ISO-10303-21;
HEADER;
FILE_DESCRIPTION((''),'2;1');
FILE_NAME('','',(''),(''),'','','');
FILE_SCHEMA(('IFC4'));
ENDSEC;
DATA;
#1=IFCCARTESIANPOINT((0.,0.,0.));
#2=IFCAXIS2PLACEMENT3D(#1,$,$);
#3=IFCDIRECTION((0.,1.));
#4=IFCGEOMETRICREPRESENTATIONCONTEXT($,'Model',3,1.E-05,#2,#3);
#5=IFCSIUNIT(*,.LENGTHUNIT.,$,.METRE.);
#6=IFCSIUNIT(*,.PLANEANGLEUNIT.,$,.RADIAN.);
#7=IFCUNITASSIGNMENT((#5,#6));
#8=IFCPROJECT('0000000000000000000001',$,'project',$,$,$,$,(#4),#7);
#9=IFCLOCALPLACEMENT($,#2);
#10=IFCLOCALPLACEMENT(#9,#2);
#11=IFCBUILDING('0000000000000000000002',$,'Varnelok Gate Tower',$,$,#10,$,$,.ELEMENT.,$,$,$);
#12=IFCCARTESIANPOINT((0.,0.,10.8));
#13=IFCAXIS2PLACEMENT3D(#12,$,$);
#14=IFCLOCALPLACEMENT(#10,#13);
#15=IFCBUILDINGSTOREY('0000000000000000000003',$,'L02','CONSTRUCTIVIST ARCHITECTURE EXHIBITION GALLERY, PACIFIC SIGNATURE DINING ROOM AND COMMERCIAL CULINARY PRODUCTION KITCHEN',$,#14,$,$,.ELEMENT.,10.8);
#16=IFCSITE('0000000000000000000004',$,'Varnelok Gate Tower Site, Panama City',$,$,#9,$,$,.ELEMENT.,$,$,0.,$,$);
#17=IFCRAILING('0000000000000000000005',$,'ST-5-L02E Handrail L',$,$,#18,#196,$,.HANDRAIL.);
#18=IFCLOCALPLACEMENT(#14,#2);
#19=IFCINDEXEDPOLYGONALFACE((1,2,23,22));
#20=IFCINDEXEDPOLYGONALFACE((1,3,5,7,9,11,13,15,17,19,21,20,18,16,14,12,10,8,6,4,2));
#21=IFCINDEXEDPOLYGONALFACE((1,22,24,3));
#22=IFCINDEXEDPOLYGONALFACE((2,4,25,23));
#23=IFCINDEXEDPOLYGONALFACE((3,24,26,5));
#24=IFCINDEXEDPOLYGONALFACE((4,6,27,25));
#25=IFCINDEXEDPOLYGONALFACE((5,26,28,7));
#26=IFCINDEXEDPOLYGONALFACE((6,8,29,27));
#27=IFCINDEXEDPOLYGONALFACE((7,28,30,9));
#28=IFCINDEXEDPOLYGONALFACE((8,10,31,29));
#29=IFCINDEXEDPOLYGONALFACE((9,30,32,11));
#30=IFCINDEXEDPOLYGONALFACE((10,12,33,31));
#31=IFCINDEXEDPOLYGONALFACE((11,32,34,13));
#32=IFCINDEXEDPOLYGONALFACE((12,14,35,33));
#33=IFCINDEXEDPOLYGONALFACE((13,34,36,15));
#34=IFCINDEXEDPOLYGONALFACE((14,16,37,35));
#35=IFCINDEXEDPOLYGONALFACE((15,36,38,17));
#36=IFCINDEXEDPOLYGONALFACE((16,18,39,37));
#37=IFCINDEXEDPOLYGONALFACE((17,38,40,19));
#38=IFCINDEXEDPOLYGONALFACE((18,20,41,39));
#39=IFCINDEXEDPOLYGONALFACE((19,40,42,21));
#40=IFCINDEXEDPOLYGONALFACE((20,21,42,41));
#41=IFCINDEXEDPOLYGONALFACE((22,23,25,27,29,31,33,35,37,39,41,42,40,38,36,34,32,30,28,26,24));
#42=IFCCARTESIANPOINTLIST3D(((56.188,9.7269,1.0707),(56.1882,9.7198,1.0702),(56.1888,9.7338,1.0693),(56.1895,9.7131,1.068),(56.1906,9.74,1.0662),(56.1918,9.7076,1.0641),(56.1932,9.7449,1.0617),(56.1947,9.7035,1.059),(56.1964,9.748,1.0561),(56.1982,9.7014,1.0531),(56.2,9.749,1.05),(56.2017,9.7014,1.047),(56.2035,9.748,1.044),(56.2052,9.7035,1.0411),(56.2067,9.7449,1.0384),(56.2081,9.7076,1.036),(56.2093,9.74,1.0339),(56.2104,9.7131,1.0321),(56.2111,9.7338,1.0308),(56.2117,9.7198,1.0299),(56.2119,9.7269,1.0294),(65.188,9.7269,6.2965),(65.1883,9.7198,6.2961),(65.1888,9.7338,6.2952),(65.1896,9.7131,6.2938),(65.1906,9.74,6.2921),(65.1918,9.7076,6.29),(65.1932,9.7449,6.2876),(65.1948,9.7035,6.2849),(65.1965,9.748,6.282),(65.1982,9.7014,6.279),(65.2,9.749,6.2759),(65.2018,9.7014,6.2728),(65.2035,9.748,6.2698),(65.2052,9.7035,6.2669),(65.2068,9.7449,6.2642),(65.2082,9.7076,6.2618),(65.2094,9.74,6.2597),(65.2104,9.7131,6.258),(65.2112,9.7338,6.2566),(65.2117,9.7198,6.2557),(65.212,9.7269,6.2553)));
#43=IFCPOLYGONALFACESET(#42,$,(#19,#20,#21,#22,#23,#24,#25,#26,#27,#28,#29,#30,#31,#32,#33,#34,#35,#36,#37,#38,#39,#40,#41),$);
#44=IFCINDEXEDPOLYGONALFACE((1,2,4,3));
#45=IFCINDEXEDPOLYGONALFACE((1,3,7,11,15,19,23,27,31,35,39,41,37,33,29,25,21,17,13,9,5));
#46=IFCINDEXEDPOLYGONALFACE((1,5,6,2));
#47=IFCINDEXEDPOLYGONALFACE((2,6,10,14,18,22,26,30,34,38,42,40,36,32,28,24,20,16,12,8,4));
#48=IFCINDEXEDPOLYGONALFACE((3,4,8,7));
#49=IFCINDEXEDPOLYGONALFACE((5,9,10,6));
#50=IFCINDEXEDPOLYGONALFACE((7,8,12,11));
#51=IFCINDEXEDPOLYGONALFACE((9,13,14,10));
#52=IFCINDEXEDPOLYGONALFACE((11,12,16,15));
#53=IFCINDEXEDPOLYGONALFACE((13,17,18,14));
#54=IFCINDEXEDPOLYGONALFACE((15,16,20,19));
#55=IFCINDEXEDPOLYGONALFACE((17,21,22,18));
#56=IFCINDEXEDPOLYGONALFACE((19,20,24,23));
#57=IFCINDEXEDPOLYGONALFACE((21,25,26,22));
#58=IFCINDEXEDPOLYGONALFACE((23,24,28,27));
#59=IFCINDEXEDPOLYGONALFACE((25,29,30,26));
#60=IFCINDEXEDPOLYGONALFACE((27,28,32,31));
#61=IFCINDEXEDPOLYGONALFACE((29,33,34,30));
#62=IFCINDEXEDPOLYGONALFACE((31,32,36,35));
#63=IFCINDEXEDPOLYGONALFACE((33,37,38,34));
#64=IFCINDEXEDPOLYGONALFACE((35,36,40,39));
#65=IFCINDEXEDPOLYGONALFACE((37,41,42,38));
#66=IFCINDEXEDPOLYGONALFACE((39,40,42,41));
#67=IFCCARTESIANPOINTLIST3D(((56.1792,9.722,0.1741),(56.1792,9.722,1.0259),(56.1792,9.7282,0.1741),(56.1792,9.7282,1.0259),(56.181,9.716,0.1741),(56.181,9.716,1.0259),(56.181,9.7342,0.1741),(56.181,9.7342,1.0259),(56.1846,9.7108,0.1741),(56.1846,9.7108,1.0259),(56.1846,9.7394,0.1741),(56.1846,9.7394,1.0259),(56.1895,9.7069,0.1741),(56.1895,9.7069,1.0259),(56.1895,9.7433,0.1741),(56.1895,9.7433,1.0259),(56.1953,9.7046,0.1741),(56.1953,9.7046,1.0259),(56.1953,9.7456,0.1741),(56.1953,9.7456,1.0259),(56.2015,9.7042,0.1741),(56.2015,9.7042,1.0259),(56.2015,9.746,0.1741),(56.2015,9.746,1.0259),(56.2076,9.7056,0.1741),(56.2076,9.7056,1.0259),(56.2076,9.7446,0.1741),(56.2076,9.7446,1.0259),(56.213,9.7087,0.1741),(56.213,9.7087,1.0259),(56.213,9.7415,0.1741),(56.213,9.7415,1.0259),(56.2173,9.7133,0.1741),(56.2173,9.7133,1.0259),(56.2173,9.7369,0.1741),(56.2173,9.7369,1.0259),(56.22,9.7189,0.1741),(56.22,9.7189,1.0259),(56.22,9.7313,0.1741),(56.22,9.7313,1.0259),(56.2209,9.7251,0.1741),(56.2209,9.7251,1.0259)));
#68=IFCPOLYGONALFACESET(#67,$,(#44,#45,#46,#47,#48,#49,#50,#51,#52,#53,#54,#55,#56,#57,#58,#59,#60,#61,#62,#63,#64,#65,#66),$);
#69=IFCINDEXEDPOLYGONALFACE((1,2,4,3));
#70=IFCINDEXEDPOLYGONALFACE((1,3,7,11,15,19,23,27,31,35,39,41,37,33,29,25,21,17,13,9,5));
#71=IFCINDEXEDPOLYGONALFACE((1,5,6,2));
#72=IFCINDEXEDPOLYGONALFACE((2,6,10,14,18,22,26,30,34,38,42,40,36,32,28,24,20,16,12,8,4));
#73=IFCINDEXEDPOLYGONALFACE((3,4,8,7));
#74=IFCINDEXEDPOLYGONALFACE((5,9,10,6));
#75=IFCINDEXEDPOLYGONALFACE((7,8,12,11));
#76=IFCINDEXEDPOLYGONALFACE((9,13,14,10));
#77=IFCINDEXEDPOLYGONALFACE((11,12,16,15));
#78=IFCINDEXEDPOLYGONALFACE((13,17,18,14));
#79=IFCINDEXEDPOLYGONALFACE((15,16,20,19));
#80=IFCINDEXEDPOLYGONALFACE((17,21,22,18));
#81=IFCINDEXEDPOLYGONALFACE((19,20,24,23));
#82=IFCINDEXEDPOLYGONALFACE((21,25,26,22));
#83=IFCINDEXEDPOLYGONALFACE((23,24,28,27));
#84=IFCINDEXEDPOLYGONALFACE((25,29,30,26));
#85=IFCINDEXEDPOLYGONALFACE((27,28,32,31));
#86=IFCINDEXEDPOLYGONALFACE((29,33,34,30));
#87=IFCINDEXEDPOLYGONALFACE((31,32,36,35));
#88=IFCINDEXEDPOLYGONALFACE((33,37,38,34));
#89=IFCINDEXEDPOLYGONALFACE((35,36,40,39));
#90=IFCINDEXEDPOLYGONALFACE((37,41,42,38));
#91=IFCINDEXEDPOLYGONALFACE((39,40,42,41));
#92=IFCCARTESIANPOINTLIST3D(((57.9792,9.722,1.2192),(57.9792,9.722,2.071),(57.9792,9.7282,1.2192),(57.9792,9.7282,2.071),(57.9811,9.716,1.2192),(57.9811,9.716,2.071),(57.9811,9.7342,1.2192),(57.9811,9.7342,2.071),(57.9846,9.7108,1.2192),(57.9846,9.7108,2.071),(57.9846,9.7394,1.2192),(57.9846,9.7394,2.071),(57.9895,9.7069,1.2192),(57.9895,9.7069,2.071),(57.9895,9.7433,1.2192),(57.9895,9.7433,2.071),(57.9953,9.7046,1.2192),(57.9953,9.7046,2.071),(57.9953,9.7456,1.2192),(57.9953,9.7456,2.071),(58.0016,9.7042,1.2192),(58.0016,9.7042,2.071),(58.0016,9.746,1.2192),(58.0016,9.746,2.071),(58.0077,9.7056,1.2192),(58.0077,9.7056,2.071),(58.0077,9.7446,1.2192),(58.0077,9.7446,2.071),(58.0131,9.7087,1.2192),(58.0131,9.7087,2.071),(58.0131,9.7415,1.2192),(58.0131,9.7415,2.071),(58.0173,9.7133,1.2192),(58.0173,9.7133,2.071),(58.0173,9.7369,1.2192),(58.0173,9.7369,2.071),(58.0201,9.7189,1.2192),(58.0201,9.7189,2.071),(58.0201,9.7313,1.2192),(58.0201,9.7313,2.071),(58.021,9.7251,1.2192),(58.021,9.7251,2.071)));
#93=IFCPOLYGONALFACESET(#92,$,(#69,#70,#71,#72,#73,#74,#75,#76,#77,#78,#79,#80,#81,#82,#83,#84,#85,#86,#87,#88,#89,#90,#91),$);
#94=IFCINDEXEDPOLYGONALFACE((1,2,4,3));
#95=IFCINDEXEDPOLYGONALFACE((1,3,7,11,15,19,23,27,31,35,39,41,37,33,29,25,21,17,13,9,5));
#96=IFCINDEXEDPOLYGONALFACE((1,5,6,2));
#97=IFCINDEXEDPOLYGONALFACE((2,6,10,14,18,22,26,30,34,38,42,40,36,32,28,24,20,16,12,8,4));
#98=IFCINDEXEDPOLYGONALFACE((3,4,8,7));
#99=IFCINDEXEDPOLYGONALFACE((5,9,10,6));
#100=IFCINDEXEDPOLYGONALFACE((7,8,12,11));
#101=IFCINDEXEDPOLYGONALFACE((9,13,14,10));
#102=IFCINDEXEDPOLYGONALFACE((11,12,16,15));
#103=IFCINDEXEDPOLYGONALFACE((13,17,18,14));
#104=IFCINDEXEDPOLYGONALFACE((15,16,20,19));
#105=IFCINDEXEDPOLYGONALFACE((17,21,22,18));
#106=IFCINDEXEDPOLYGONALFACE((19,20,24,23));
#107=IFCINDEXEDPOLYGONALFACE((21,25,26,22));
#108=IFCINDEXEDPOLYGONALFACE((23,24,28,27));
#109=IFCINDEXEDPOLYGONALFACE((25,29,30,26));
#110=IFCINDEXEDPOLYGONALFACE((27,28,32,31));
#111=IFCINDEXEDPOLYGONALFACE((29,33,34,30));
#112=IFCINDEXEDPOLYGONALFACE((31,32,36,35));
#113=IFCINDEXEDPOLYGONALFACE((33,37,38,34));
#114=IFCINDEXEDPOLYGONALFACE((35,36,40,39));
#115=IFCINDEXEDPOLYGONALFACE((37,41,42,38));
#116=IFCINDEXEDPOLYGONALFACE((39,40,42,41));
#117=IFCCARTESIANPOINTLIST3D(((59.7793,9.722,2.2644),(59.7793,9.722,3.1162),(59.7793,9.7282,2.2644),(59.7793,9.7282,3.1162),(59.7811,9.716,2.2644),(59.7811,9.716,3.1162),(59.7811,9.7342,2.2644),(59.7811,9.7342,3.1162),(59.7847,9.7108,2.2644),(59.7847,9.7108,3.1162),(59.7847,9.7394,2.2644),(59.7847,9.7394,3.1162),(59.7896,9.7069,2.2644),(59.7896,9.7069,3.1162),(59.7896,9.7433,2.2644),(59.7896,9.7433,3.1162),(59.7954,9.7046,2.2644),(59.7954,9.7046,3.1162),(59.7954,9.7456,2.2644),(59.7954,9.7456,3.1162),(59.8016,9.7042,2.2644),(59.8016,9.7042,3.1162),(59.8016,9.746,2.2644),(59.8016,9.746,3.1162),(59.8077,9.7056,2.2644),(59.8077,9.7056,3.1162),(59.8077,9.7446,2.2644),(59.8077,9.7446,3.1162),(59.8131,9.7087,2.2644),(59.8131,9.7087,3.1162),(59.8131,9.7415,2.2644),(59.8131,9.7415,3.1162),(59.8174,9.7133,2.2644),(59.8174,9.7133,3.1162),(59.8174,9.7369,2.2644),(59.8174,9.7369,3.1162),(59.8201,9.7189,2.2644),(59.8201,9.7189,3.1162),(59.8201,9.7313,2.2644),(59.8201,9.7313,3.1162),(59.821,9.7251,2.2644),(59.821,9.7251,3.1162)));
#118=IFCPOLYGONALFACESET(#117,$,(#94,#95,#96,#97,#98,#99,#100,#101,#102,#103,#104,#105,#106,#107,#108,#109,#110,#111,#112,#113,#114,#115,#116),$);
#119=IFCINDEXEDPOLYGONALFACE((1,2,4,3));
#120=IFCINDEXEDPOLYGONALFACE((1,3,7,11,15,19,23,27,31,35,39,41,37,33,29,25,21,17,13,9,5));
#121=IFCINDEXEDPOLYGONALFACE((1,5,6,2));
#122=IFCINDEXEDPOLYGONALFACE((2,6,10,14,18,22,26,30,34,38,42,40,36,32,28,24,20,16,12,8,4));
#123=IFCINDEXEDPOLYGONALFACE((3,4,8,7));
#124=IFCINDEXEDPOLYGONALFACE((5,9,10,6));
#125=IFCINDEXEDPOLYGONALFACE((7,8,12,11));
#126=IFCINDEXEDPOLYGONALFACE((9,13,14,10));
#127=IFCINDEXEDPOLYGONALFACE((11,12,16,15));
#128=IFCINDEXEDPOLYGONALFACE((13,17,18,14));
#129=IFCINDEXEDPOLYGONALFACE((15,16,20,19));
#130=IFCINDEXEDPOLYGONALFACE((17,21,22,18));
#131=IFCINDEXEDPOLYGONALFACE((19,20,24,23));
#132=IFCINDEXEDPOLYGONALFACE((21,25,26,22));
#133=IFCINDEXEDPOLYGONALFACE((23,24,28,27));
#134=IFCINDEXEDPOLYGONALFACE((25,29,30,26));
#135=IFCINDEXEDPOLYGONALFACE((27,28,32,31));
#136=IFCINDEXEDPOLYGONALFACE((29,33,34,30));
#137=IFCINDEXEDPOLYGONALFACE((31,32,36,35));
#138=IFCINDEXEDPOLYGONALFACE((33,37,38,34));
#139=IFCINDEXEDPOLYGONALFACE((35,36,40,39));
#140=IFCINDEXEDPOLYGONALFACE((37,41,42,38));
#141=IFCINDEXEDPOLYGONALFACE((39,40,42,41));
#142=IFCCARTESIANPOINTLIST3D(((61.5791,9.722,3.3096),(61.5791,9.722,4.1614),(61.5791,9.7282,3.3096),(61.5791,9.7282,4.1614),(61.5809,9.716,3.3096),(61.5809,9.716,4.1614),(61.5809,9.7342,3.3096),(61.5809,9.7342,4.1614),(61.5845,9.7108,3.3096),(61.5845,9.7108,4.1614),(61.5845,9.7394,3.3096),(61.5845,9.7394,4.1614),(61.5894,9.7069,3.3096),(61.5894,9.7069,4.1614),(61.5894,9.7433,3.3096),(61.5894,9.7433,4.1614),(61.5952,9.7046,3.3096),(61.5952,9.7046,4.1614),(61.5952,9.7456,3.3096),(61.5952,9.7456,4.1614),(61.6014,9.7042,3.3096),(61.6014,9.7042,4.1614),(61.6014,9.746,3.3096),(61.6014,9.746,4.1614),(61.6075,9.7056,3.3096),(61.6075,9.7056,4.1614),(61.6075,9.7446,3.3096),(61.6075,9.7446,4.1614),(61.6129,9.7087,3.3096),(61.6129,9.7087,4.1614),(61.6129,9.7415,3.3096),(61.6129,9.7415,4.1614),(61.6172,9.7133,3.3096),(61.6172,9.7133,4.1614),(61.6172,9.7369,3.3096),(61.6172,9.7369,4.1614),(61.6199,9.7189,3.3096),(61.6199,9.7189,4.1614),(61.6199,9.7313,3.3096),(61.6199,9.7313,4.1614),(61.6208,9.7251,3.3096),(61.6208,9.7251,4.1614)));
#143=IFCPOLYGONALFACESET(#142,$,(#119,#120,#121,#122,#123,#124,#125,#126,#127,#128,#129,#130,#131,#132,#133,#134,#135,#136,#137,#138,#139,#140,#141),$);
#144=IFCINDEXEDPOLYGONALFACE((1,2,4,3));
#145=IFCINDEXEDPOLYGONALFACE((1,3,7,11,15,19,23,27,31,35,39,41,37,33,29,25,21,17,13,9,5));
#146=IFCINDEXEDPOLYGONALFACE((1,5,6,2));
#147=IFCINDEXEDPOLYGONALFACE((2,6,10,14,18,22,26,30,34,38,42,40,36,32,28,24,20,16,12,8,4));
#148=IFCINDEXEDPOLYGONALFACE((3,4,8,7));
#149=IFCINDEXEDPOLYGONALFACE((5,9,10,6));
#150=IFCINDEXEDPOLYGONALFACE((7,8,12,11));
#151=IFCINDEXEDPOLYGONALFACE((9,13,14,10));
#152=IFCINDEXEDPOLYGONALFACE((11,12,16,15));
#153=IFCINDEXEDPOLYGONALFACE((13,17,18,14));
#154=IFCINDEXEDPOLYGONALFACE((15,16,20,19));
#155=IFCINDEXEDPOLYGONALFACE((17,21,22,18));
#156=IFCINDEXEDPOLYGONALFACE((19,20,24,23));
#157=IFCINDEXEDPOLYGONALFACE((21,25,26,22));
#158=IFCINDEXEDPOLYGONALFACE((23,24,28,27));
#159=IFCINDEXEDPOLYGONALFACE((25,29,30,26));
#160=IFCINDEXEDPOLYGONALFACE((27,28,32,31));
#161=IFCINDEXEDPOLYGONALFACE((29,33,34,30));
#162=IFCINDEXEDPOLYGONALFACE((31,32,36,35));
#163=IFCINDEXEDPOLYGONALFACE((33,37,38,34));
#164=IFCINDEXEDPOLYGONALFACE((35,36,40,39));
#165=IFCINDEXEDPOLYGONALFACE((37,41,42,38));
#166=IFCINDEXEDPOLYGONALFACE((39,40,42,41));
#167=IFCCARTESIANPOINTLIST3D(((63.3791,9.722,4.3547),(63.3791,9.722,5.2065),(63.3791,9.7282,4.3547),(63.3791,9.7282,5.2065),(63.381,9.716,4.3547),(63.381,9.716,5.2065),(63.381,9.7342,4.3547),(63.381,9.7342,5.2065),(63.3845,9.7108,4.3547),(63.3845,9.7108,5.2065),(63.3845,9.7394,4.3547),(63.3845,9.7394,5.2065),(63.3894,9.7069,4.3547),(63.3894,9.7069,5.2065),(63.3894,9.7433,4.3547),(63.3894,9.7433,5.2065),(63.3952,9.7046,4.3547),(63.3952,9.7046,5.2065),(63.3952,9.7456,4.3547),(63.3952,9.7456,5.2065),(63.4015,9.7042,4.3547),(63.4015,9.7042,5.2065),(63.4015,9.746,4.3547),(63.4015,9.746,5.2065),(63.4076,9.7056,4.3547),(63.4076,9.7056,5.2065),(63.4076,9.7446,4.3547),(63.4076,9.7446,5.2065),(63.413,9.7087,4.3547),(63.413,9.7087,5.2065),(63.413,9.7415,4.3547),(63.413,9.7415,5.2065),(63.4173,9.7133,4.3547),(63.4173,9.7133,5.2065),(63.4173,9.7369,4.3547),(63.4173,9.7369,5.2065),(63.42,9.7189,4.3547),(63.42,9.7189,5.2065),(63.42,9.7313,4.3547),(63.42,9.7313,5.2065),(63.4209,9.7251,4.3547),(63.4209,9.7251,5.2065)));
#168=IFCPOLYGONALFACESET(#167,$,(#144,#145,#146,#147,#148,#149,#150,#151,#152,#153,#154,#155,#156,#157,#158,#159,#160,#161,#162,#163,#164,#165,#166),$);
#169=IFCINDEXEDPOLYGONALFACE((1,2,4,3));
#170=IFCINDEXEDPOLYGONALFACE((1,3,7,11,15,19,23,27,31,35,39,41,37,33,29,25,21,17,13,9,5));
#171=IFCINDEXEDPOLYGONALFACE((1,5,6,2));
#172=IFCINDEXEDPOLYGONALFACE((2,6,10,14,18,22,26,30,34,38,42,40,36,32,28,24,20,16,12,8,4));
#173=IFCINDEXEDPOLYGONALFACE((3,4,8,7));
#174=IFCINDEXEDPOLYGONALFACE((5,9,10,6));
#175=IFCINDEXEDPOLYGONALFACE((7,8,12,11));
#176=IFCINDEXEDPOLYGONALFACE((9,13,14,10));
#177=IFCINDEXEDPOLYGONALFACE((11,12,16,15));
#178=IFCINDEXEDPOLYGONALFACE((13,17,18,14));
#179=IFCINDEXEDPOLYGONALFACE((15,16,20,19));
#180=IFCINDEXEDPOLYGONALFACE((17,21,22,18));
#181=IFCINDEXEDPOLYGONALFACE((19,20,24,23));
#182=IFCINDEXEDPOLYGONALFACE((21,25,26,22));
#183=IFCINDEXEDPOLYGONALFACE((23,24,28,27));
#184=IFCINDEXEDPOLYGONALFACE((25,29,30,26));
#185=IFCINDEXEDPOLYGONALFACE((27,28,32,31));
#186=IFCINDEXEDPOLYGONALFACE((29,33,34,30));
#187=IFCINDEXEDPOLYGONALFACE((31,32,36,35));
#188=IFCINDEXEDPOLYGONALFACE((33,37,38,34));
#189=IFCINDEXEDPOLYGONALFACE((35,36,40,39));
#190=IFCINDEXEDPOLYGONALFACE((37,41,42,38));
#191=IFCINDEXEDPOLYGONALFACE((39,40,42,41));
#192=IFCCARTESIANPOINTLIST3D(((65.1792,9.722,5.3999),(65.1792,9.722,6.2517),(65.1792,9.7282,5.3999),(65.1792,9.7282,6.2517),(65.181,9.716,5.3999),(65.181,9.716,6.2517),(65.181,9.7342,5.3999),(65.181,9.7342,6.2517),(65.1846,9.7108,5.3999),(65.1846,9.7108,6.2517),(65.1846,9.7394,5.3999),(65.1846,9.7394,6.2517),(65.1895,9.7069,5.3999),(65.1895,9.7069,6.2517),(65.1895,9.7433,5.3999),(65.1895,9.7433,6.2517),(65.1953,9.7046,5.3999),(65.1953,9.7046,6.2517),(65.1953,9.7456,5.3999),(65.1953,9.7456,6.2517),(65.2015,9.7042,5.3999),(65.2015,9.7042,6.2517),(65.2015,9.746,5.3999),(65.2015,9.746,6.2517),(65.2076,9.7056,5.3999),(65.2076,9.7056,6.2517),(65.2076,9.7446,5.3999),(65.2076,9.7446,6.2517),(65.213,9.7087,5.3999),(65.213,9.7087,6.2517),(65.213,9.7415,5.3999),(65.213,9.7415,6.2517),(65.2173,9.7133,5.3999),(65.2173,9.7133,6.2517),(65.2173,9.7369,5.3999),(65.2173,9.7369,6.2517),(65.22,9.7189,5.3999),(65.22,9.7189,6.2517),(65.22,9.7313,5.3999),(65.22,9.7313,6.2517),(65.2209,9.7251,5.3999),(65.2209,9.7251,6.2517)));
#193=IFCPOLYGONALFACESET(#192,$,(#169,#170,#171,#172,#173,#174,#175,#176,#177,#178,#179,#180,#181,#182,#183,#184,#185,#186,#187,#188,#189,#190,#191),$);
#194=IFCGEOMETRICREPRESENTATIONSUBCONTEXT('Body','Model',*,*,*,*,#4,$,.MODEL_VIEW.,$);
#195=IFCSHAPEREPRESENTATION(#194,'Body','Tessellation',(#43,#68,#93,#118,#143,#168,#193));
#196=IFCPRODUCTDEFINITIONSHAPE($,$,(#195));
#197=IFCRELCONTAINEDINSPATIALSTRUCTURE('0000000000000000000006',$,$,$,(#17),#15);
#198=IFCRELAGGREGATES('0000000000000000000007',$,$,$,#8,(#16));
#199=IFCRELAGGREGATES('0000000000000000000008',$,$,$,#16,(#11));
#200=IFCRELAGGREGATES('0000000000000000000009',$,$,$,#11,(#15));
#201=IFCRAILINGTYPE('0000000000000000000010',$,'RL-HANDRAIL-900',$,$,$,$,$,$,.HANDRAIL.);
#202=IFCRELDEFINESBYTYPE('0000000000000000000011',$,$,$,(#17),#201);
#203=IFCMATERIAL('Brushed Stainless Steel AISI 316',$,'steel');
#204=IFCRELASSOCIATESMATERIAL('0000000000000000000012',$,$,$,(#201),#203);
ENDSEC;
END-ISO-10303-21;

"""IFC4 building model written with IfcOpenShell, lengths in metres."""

from ifc_helpers import new_model, si_unit, direction, frame, origin, origin_2d, place, context, subcontext, project, spatial, circle, extrude, material, type_object, element, save


model = new_model("IFC4")

# Units and contexts
model_context = context("Model", 3, precision=1e-05, world=origin(), true_north=direction((0.0, 1.0)))
body_context = subcontext(model_context, "Body", "Model", "MODEL_VIEW")
ifc_project = project(units=[si_unit("LENGTHUNIT", "METRE"), si_unit("PLANEANGLEUNIT", "RADIAN")], contexts=[model_context])

# Site, building, storey
site_placement = place(None, origin())
site = spatial("IfcSite", under=ifc_project, at=site_placement, Name="Varnelok Gate Tower Site, Panama City", CompositionType="ELEMENT", RefElevation=0.0)
building_placement = place(site_placement, origin())
building = spatial("IfcBuilding", under=site, at=building_placement, Name="Varnelok Gate Tower", CompositionType="ELEMENT")
storey_placement = place(building_placement, frame((0.0, 0.0, 10.8)))
storey = spatial("IfcBuildingStorey", under=building, at=storey_placement, Name="L02", Description="CONSTRUCTIVIST ARCHITECTURE EXHIBITION GALLERY, PACIFIC SIGNATURE DINING ROOM AND COMMERCIAL CULINARY PRODUCTION KITCHEN", CompositionType="ELEMENT", Elevation=10.8)

# Railing
ifc_material_1 = material(Name="Brushed Stainless Steel AISI 316", Category="steel")
railing_type_1 = type_object("IfcRailingType", Name="RL-HANDRAIL-900", PredefinedType="HANDRAIL", material=ifc_material_1)
for number, where, name in (
    (1, (56.2, 9.7251, 0.1741), "ST-5-L02E Handrail L"),
):
    element("IfcRailing", number, at=place(storey_placement, frame(where)), inside=storey, type_object=railing_type_1, Name=name, PredefinedType="HANDRAIL", context=body_context, shape_type="SweptSolid", body=[
        extrude(circle(Radius=0.0239, at=origin_2d()), frame((0.0, 0.0, 0.876), z_axis=(0.864788, 0.0, 0.502137), x_axis=(0.0, 1.0, 0.0)), (0.0, 0.0, 1.0), 10.4072),
        extrude(circle(Radius=0.021, at=origin_2d()), origin(), (0.0, 0.0, 1.0), 0.8518),
        extrude(circle(Radius=0.021, at=origin_2d()), frame((1.8, 0.0, 1.0452)), (0.0, 0.0, 1.0), 0.8518),
        extrude(circle(Radius=0.021, at=origin_2d()), frame((3.6001, 0.0, 2.0903)), (0.0, 0.0, 1.0), 0.8518),
        extrude(circle(Radius=0.021, at=origin_2d()), frame((5.3999, 0.0, 3.1355)), (0.0, 0.0, 1.0), 0.8518),
        extrude(circle(Radius=0.021, at=origin_2d()), frame((7.2, 0.0, 4.1807)), (0.0, 0.0, 1.0), 0.8518),
        extrude(circle(Radius=0.021, at=origin_2d()), frame((9.0, 0.0, 5.2258)), (0.0, 0.0, 1.0), 0.8518),
    ])

save(model, "model.ifc")
